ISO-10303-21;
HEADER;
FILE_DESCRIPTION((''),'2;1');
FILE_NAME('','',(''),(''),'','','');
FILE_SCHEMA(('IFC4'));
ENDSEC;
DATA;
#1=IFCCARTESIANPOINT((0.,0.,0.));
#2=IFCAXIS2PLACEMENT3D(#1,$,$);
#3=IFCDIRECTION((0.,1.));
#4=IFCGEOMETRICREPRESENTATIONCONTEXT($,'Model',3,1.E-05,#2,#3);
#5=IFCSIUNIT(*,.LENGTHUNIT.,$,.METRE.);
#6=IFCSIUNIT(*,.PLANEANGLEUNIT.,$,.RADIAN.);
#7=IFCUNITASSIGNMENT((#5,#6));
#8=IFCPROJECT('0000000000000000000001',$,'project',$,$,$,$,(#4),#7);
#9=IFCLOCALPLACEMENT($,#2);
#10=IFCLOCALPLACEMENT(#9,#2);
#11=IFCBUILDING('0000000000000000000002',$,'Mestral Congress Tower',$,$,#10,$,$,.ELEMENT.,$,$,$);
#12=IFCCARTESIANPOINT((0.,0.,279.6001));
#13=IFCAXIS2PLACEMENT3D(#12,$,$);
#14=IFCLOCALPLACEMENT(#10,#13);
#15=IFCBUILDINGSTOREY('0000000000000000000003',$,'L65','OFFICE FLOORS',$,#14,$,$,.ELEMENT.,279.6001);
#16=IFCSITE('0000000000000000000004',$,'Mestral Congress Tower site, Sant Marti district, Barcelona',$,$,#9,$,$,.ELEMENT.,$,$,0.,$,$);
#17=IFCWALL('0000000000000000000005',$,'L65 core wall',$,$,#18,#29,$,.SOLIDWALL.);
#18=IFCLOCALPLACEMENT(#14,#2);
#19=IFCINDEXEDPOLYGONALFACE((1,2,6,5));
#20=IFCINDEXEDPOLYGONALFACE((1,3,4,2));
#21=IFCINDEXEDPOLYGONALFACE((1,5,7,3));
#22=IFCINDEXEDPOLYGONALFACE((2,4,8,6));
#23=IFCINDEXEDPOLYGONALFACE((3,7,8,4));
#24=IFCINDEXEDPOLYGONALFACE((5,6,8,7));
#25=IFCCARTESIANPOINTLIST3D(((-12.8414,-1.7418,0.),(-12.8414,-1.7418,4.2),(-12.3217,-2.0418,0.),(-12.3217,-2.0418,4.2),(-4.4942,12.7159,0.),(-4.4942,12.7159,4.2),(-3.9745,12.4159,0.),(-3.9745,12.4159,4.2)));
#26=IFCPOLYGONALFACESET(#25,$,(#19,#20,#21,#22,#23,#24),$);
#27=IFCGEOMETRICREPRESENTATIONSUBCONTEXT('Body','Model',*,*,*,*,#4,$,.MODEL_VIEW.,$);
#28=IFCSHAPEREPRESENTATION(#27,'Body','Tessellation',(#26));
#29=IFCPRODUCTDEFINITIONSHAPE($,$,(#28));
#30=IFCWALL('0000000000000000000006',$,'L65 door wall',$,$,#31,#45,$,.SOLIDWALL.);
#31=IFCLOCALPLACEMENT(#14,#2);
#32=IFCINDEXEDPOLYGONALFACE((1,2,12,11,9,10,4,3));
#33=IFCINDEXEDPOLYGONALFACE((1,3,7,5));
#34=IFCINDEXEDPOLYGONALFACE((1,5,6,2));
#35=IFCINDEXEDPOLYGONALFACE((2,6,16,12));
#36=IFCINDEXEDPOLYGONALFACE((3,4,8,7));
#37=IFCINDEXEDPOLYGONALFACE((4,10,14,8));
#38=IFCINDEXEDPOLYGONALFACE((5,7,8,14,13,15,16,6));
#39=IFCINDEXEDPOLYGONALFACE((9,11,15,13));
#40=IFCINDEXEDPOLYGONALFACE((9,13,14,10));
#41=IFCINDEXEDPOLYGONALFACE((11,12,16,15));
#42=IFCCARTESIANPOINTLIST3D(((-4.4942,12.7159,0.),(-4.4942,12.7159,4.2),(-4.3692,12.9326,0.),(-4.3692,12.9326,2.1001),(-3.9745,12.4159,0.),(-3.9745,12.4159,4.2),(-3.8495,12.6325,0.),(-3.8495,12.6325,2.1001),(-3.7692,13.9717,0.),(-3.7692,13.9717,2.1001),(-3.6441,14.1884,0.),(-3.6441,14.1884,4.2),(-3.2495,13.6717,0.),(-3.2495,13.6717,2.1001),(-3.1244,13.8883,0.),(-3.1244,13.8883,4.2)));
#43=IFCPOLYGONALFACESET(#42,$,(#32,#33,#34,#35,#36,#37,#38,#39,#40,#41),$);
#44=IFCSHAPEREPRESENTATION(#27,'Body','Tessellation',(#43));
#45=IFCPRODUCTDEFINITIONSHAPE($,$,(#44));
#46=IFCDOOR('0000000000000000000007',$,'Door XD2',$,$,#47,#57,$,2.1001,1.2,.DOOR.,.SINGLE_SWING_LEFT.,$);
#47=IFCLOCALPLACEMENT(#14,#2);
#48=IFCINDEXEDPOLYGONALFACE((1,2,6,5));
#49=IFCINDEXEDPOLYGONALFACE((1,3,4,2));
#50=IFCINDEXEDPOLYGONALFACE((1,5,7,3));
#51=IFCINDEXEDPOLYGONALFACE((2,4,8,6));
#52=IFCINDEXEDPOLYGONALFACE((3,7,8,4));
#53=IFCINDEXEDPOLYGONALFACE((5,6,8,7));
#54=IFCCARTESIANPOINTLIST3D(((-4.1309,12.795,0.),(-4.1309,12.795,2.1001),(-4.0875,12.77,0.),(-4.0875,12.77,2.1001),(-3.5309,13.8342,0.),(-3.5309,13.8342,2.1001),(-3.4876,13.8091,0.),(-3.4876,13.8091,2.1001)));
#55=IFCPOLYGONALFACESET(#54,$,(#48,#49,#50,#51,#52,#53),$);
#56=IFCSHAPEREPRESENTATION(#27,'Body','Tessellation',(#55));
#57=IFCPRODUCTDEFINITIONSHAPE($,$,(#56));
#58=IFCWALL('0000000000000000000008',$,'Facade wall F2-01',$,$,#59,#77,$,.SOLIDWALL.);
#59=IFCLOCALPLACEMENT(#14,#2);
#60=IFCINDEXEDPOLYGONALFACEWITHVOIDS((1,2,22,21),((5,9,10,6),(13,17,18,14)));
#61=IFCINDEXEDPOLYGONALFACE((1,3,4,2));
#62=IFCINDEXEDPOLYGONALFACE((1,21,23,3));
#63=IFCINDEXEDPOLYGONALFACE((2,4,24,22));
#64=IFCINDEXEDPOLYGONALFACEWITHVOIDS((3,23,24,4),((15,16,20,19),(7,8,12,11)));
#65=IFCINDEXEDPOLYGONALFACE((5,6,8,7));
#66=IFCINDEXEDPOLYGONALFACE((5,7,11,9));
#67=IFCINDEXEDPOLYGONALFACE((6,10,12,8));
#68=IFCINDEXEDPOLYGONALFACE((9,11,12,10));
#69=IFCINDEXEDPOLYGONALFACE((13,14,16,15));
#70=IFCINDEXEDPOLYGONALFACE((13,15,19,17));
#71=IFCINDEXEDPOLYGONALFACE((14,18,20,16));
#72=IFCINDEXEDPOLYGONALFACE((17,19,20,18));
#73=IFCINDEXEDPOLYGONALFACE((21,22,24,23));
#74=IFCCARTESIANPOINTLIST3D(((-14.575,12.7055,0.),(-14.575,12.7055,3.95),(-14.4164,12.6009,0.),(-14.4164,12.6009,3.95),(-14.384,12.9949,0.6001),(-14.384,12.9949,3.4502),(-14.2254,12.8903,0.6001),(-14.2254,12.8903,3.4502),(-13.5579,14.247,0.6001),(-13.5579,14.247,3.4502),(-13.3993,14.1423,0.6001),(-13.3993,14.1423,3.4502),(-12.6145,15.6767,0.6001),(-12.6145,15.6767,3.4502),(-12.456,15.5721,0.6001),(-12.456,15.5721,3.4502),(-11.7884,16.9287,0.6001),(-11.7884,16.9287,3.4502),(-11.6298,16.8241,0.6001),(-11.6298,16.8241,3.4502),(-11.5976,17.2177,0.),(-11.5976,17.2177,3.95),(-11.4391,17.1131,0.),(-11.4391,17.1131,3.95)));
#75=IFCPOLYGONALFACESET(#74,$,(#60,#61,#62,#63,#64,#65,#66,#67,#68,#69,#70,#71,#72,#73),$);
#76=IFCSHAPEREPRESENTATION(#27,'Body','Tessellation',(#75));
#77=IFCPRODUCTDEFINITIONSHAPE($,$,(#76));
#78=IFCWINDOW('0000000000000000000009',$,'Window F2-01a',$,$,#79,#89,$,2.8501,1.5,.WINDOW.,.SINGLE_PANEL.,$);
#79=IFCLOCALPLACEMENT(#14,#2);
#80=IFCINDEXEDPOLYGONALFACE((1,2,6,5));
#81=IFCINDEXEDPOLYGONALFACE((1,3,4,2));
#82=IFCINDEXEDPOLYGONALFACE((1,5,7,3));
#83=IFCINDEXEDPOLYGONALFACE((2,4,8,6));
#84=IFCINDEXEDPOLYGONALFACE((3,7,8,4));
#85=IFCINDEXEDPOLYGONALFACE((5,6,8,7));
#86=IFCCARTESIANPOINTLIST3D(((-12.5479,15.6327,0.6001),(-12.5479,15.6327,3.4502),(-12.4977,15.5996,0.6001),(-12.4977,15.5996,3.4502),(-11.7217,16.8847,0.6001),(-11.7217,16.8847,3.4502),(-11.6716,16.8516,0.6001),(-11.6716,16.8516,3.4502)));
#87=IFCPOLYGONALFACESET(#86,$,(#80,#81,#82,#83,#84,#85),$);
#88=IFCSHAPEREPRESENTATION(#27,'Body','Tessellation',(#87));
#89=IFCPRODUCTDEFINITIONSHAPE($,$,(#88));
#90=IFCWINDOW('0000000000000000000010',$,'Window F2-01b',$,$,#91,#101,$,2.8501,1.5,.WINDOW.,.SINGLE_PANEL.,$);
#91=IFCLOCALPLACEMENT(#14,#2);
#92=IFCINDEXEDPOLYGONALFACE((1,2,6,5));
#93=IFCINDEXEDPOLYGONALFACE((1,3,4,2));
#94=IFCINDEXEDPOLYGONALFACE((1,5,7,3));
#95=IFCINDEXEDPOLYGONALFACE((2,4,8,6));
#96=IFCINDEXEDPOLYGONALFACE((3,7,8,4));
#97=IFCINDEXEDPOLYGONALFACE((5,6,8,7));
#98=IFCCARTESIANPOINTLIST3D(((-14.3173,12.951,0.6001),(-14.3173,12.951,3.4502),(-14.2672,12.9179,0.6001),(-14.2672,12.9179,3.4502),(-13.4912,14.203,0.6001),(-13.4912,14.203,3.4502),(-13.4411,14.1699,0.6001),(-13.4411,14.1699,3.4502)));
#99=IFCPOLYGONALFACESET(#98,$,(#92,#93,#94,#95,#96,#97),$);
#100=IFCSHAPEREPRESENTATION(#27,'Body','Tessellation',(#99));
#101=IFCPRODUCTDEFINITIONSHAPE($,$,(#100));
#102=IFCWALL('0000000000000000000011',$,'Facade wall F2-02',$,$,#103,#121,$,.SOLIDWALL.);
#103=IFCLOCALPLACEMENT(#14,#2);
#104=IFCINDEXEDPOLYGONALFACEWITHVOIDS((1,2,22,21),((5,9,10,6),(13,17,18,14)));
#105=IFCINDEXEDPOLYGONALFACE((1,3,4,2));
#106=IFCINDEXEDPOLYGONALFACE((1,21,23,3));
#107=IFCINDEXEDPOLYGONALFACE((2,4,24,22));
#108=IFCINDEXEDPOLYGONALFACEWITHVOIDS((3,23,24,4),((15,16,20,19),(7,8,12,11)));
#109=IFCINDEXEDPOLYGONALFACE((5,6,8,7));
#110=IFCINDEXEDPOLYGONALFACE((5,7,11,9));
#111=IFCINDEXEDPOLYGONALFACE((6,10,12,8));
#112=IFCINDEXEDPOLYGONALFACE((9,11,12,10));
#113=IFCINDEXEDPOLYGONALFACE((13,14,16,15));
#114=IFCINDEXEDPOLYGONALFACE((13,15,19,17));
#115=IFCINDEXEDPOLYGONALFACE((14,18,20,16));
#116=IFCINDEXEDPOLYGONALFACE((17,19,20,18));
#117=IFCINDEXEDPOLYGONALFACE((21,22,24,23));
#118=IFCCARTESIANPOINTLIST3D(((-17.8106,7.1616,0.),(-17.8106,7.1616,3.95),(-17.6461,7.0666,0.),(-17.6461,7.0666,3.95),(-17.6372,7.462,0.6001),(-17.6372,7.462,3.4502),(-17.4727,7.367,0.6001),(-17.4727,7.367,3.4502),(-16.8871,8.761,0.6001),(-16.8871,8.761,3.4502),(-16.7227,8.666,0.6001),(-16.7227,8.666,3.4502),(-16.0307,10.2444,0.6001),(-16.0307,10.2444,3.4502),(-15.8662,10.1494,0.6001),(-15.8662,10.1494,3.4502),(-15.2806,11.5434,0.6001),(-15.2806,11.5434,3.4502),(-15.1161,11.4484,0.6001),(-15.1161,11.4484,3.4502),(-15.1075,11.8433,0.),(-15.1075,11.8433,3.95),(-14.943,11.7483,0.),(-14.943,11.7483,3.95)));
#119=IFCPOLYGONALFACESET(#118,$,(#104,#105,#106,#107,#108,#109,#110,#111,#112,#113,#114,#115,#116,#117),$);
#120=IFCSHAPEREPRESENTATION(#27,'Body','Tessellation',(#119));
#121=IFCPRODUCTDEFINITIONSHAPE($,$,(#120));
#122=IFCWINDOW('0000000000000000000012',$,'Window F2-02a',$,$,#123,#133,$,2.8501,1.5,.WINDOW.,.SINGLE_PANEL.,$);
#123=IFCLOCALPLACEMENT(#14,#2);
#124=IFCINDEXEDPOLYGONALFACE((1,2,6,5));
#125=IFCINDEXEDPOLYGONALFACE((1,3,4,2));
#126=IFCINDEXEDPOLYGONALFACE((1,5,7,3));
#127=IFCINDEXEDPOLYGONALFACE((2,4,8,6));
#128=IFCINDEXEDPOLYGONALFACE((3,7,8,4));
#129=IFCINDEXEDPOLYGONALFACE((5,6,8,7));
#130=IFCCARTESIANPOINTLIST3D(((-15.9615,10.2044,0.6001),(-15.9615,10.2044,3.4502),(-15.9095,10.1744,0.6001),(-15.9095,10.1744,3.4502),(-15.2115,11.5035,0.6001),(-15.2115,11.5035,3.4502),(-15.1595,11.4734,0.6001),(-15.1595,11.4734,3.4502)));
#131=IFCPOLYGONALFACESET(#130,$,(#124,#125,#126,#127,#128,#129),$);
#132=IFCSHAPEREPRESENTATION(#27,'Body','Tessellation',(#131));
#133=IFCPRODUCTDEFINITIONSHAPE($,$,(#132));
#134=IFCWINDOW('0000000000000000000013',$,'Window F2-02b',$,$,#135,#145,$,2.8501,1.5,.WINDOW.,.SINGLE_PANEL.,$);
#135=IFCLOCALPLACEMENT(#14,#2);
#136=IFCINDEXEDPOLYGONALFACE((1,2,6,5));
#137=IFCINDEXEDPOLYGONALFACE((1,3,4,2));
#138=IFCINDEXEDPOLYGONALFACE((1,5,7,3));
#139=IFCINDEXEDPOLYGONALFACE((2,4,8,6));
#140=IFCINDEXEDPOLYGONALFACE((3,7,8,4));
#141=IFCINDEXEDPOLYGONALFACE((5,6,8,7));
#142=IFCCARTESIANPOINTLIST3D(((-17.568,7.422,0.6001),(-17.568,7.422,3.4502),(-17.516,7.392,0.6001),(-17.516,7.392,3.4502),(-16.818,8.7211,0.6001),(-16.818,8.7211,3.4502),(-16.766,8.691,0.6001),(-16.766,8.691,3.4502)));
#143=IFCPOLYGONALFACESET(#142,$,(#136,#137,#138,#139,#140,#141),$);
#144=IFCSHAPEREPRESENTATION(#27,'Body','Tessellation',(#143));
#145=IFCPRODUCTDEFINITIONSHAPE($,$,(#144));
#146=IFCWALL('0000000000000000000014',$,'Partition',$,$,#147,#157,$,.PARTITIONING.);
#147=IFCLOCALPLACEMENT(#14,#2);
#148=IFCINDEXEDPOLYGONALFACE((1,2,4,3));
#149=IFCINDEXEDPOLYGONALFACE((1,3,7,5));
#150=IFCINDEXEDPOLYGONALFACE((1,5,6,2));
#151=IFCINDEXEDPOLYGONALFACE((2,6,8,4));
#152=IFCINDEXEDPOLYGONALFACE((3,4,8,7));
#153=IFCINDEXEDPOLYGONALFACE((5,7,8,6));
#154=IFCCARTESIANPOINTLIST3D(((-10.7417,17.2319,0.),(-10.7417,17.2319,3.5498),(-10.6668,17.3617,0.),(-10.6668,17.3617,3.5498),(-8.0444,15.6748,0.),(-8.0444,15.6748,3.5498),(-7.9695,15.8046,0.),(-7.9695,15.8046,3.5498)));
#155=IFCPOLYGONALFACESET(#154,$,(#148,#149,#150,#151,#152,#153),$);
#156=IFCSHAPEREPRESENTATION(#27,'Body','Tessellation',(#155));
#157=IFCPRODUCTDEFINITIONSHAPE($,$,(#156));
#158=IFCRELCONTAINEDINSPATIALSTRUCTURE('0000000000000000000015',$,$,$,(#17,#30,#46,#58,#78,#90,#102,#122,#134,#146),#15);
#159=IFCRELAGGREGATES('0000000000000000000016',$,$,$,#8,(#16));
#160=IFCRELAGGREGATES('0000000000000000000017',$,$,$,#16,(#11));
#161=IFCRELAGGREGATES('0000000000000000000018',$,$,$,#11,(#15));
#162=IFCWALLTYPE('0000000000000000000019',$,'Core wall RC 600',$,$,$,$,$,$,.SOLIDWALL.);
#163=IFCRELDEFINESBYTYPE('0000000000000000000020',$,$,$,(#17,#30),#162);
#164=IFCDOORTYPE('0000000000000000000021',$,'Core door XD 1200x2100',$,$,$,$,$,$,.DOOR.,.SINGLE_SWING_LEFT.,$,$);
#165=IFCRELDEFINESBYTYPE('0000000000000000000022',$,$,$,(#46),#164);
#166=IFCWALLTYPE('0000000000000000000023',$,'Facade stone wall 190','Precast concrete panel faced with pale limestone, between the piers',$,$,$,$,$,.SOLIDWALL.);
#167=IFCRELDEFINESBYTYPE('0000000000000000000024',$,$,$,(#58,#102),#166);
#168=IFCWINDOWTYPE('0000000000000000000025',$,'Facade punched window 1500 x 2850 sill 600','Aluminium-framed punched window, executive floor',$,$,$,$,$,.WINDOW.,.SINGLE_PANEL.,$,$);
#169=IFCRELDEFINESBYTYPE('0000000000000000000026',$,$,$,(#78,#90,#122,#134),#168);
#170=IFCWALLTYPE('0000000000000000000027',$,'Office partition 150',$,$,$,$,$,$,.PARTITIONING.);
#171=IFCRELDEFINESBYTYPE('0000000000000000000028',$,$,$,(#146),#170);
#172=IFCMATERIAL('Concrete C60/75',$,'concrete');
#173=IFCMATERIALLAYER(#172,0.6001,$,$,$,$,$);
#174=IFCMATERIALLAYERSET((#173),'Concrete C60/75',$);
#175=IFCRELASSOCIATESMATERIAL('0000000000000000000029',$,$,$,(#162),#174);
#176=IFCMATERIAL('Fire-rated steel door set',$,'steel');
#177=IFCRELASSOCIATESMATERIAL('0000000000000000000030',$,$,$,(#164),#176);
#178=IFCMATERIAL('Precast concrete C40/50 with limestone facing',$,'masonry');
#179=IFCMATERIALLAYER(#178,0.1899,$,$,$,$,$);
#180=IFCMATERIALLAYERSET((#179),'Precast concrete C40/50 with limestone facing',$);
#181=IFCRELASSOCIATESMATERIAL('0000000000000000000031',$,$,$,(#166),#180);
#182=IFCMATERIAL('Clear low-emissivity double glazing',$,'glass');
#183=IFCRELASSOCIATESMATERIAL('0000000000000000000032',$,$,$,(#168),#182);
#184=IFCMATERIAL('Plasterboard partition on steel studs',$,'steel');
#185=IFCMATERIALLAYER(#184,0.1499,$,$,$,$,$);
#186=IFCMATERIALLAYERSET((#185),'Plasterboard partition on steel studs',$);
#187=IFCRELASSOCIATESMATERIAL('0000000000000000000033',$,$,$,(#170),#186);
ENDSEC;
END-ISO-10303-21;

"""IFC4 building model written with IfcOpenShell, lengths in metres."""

from ifc_helpers import new_model, si_unit, direction, frame, frame_2d, origin, place, context, subcontext, project, spatial, rectangle, extrude, material, layer, layer_set, type_object, element, fill, save


model = new_model("IFC4")

# Units and contexts
model_context = context("Model", 3, precision=1e-05, world=origin(), true_north=direction((0.0, 1.0)))
body_context = subcontext(model_context, "Body", "Model", "MODEL_VIEW")
ifc_project = project(units=[si_unit("LENGTHUNIT", "METRE"), si_unit("PLANEANGLEUNIT", "RADIAN")], contexts=[model_context])

# Site, building, storey
site_placement = place(None, origin())
site = spatial("IfcSite", under=ifc_project, at=site_placement, Name="Mestral Congress Tower site, Sant Marti district, Barcelona", CompositionType="ELEMENT", RefElevation=0.0)
building_placement = place(site_placement, origin())
building = spatial("IfcBuilding", under=site, at=building_placement, Name="Mestral Congress Tower", CompositionType="ELEMENT")
storey_placement = place(building_placement, frame((0.0, 0.0, 279.6001)))
storey = spatial("IfcBuildingStorey", under=building, at=storey_placement, Name="L65", Description="OFFICE FLOORS", CompositionType="ELEMENT", Elevation=279.6001)

# Shared definitions
ifc_material_1 = material(Name="Concrete C60/75", Category="concrete")

# Wall
ifc_layer_1 = layer(ifc_material_1, 0.6001)
ifc_layer_set_1 = layer_set([ifc_layer_1], Name="Concrete C60/75")
wall_type_1 = type_object("IfcWallType", Name="Core wall RC 600", PredefinedType="SOLIDWALL", material=ifc_layer_set_1)
wall_1_placement = place(storey_placement, frame((-4.2344, 12.5659, 0.0), z_axis=(0.0, 0.0, 1.0), x_axis=(-0.499999, -0.866026, 0.0)))
element("IfcWall", 1, at=wall_1_placement, inside=storey, type_object=wall_type_1, Name="L65 core wall", PredefinedType="SOLIDWALL", context=body_context, shape_type="SweptSolid", body=[
    extrude(rectangle(XDim=16.6943, YDim=0.6001, at=frame_2d((8.3472, 0.0))), origin(), (0.0, 0.0, 1.0), 4.2),
])

# Wall, opening, door
wall_2_placement = place(storey_placement, frame((-4.2344, 12.5659, 0.0), z_axis=(0.0, 0.0, 1.0), x_axis=(0.5, 0.866025, 0.0)))
wall_2 = element("IfcWall", 2, at=wall_2_placement, inside=storey, type_object=wall_type_1, Name="L65 door wall", PredefinedType="SOLIDWALL", context=body_context, shape_type="SweptSolid", body=[
    extrude(rectangle(XDim=1.7002, YDim=0.6001, at=frame_2d((0.8501, 0.0))), origin(), (0.0, 0.0, 1.0), 4.2),
])
opening_1_placement = place(wall_2_placement, frame((0.25, 0.0, 0.0)))
opening_1 = element("IfcOpeningElement", 3, at=opening_1_placement, cuts=wall_2, PredefinedType="OPENING", context=body_context, shape_type="SweptSolid", body=[
    extrude(rectangle(XDim=1.2, YDim=2.1001, at=frame_2d((0.6001, 1.05))), frame((0.0, 0.3101, 0.0), z_axis=(0.0, -1.0, 0.0), x_axis=(1.0, 0.0, 0.0)), (0.0, 0.0, 1.0), 0.6201),
])
ifc_material_2 = material(Name="Fire-rated steel door set", Category="steel")
door_type_1 = type_object("IfcDoorType", Name="Core door XD 1200x2100", OperationType="SINGLE_SWING_LEFT", PredefinedType="DOOR", material=ifc_material_2)
door_1_placement = place(opening_1_placement, origin())
door_1 = element("IfcDoor", 4, at=door_1_placement, inside=storey, type_object=door_type_1, Name="Door XD2", OperationType="SINGLE_SWING_LEFT", OverallHeight=2.1001, OverallWidth=1.2, PredefinedType="DOOR", context=body_context, shape_type="SweptSolid", body=[
    extrude(rectangle(XDim=1.2, YDim=2.1001, at=frame_2d((0.6001, 1.05))), frame((0.0, 0.0249, 0.0), z_axis=(0.0, -1.0, 0.0), x_axis=(1.0, 0.0, 0.0)), (0.0, 0.0, 1.0), 0.05),
])
fill(opening_1, door_1)

# Walls, openings, windows
ifc_material_3 = material(Name="Precast concrete C40/50 with limestone facing", Category="masonry")
ifc_layer_2 = layer(ifc_material_3, 0.1899)
ifc_layer_set_2 = layer_set([ifc_layer_2], Name="Precast concrete C40/50 with limestone facing")
wall_type_2 = type_object("IfcWallType", Name="Facade stone wall 190", Description="Precast concrete panel faced with pale limestone, between the piers", PredefinedType="SOLIDWALL", material=ifc_layer_set_2)
wall_3_placement = place(storey_placement, frame((-11.5183, 17.1655, 0.0), z_axis=(0.0, 0.0, 1.0), x_axis=(-0.550744, -0.834674, 0.0)))
wall_3 = element("IfcWall", 5, at=wall_3_placement, inside=storey, type_object=wall_type_2, Name="Facade wall F2-01", PredefinedType="SOLIDWALL", context=body_context, shape_type="SweptSolid", body=[
    extrude(rectangle(XDim=5.406, YDim=0.1899, at=frame_2d((2.7031, 0.0))), origin(), (0.0, 0.0, 1.0), 3.95),
])
opening_2_placement = place(wall_3_placement, frame((0.3464, 0.0, 0.6001)))
opening_2 = element("IfcOpeningElement", 6, at=opening_2_placement, cuts=wall_3, PredefinedType="OPENING", context=body_context, shape_type="SweptSolid", body=[
    extrude(rectangle(XDim=1.5, YDim=2.8501, at=frame_2d((0.75, 1.425))), frame((0.0, 0.105, 0.0), z_axis=(0.0, -1.0, 0.0), x_axis=(1.0, 0.0, 0.0)), (0.0, 0.0, 1.0), 0.21),
])
opening_3_placement = place(wall_3_placement, frame((3.5593, 0.0, 0.6001)))
opening_3 = element("IfcOpeningElement", 7, at=opening_3_placement, cuts=wall_3, PredefinedType="OPENING", context=body_context, shape_type="SweptSolid", body=[
    extrude(rectangle(XDim=1.5, YDim=2.8501, at=frame_2d((0.75, 1.425))), frame((0.0, 0.105, 0.0), z_axis=(0.0, -1.0, 0.0), x_axis=(1.0, 0.0, 0.0)), (0.0, 0.0, 1.0), 0.21),
])
ifc_material_4 = material(Name="Clear low-emissivity double glazing", Category="glass")
window_type = type_object("IfcWindowType", Name="Facade punched window 1500 x 2850 sill 600", Description="Aluminium-framed punched window, executive floor", PartitioningType="SINGLE_PANEL", PredefinedType="WINDOW", material=ifc_material_4)
window_1_placement = place(opening_2_placement, origin())
window_1 = element("IfcWindow", 8, at=window_1_placement, inside=storey, type_object=window_type, Name="Window F2-01a", OverallHeight=2.8501, OverallWidth=1.5, PartitioningType="SINGLE_PANEL", PredefinedType="WINDOW", context=body_context, shape_type="SweptSolid", body=[
    extrude(rectangle(XDim=1.5, YDim=2.8501, at=frame_2d((0.75, 1.425))), frame((0.0, 0.0449, 0.0), z_axis=(0.0, -1.0, 0.0), x_axis=(1.0, 0.0, 0.0)), (0.0, 0.0, 1.0), 0.0601),
])
fill(opening_2, window_1)
window_2_placement = place(opening_3_placement, origin())
window_2 = element("IfcWindow", 9, at=window_2_placement, inside=storey, type_object=window_type, Name="Window F2-01b", OverallHeight=2.8501, OverallWidth=1.5, PartitioningType="SINGLE_PANEL", PredefinedType="WINDOW", context=body_context, shape_type="SweptSolid", body=[
    extrude(rectangle(XDim=1.5, YDim=2.8501, at=frame_2d((0.75, 1.425))), frame((0.0, 0.0449, 0.0), z_axis=(0.0, -1.0, 0.0), x_axis=(1.0, 0.0, 0.0)), (0.0, 0.0, 1.0), 0.0601),
])
fill(opening_3, window_2)
wall_4_placement = place(storey_placement, frame((-15.0251, 11.7959, 0.0), z_axis=(0.0, 0.0, 1.0), x_axis=(-0.500025, -0.866011, 0.0)))
wall_4 = element("IfcWall", 10, at=wall_4_placement, inside=storey, type_object=wall_type_2, Name="Facade wall F2-02", PredefinedType="SOLIDWALL", context=body_context, shape_type="SweptSolid", body=[
    extrude(rectangle(XDim=5.406, YDim=0.1899, at=frame_2d((2.7031, 0.0))), origin(), (0.0, 0.0, 1.0), 3.95),
])
opening_4_placement = place(wall_4_placement, frame((0.3464, 0.0, 0.6001)))
opening_4 = element("IfcOpeningElement", 11, at=opening_4_placement, cuts=wall_4, PredefinedType="OPENING", context=body_context, shape_type="SweptSolid", body=[
    extrude(rectangle(XDim=1.5, YDim=2.8501, at=frame_2d((0.75, 1.425))), frame((0.0, 0.105, 0.0), z_axis=(0.0, -1.0, 0.0), x_axis=(1.0, 0.0, 0.0)), (0.0, 0.0, 1.0), 0.21),
])
opening_5_placement = place(wall_4_placement, frame((3.5593, 0.0, 0.6001)))
opening_5 = element("IfcOpeningElement", 12, at=opening_5_placement, cuts=wall_4, PredefinedType="OPENING", context=body_context, shape_type="SweptSolid", body=[
    extrude(rectangle(XDim=1.5, YDim=2.8501, at=frame_2d((0.75, 1.425))), frame((0.0, 0.105, 0.0), z_axis=(0.0, -1.0, 0.0), x_axis=(1.0, 0.0, 0.0)), (0.0, 0.0, 1.0), 0.21),
])
window_3_placement = place(opening_4_placement, origin())
window_3 = element("IfcWindow", 13, at=window_3_placement, inside=storey, type_object=window_type, Name="Window F2-02a", OverallHeight=2.8501, OverallWidth=1.5, PartitioningType="SINGLE_PANEL", PredefinedType="WINDOW", context=body_context, shape_type="SweptSolid", body=[
    extrude(rectangle(XDim=1.5, YDim=2.8501, at=frame_2d((0.75, 1.425))), frame((0.0, 0.0449, 0.0), z_axis=(0.0, -1.0, 0.0), x_axis=(1.0, 0.0, 0.0)), (0.0, 0.0, 1.0), 0.0601),
])
fill(opening_4, window_3)
window_4_placement = place(opening_5_placement, origin())
window_4 = element("IfcWindow", 14, at=window_4_placement, inside=storey, type_object=window_type, Name="Window F2-02b", OverallHeight=2.8501, OverallWidth=1.5, PartitioningType="SINGLE_PANEL", PredefinedType="WINDOW", context=body_context, shape_type="SweptSolid", body=[
    extrude(rectangle(XDim=1.5, YDim=2.8501, at=frame_2d((0.75, 1.425))), frame((0.0, 0.0449, 0.0), z_axis=(0.0, -1.0, 0.0), x_axis=(1.0, 0.0, 0.0)), (0.0, 0.0, 1.0), 0.0601),
])
fill(opening_5, window_4)

# Wall
ifc_material_5 = material(Name="Plasterboard partition on steel studs", Category="steel")
ifc_layer_3 = layer(ifc_material_5, 0.1499)
ifc_layer_set_3 = layer_set([ifc_layer_3], Name="Plasterboard partition on steel studs")
wall_type_3 = type_object("IfcWallType", Name="Office partition 150", PredefinedType="PARTITIONING", material=ifc_layer_set_3)
wall_5_placement = place(storey_placement, frame((-8.0071, 15.7397, 0.0), z_axis=(0.0, 0.0, 1.0), x_axis=(-0.866045, 0.499967, 0.0)))
element("IfcWall", 15, at=wall_5_placement, inside=storey, type_object=wall_type_3, Name="Partition", PredefinedType="PARTITIONING", context=body_context, shape_type="SweptSolid", body=[
    extrude(rectangle(XDim=3.1145, YDim=0.1499, at=frame_2d((1.5571, 0.0))), origin(), (0.0, 0.0, 1.0), 3.5498),
])

save(model, "model.ifc")
